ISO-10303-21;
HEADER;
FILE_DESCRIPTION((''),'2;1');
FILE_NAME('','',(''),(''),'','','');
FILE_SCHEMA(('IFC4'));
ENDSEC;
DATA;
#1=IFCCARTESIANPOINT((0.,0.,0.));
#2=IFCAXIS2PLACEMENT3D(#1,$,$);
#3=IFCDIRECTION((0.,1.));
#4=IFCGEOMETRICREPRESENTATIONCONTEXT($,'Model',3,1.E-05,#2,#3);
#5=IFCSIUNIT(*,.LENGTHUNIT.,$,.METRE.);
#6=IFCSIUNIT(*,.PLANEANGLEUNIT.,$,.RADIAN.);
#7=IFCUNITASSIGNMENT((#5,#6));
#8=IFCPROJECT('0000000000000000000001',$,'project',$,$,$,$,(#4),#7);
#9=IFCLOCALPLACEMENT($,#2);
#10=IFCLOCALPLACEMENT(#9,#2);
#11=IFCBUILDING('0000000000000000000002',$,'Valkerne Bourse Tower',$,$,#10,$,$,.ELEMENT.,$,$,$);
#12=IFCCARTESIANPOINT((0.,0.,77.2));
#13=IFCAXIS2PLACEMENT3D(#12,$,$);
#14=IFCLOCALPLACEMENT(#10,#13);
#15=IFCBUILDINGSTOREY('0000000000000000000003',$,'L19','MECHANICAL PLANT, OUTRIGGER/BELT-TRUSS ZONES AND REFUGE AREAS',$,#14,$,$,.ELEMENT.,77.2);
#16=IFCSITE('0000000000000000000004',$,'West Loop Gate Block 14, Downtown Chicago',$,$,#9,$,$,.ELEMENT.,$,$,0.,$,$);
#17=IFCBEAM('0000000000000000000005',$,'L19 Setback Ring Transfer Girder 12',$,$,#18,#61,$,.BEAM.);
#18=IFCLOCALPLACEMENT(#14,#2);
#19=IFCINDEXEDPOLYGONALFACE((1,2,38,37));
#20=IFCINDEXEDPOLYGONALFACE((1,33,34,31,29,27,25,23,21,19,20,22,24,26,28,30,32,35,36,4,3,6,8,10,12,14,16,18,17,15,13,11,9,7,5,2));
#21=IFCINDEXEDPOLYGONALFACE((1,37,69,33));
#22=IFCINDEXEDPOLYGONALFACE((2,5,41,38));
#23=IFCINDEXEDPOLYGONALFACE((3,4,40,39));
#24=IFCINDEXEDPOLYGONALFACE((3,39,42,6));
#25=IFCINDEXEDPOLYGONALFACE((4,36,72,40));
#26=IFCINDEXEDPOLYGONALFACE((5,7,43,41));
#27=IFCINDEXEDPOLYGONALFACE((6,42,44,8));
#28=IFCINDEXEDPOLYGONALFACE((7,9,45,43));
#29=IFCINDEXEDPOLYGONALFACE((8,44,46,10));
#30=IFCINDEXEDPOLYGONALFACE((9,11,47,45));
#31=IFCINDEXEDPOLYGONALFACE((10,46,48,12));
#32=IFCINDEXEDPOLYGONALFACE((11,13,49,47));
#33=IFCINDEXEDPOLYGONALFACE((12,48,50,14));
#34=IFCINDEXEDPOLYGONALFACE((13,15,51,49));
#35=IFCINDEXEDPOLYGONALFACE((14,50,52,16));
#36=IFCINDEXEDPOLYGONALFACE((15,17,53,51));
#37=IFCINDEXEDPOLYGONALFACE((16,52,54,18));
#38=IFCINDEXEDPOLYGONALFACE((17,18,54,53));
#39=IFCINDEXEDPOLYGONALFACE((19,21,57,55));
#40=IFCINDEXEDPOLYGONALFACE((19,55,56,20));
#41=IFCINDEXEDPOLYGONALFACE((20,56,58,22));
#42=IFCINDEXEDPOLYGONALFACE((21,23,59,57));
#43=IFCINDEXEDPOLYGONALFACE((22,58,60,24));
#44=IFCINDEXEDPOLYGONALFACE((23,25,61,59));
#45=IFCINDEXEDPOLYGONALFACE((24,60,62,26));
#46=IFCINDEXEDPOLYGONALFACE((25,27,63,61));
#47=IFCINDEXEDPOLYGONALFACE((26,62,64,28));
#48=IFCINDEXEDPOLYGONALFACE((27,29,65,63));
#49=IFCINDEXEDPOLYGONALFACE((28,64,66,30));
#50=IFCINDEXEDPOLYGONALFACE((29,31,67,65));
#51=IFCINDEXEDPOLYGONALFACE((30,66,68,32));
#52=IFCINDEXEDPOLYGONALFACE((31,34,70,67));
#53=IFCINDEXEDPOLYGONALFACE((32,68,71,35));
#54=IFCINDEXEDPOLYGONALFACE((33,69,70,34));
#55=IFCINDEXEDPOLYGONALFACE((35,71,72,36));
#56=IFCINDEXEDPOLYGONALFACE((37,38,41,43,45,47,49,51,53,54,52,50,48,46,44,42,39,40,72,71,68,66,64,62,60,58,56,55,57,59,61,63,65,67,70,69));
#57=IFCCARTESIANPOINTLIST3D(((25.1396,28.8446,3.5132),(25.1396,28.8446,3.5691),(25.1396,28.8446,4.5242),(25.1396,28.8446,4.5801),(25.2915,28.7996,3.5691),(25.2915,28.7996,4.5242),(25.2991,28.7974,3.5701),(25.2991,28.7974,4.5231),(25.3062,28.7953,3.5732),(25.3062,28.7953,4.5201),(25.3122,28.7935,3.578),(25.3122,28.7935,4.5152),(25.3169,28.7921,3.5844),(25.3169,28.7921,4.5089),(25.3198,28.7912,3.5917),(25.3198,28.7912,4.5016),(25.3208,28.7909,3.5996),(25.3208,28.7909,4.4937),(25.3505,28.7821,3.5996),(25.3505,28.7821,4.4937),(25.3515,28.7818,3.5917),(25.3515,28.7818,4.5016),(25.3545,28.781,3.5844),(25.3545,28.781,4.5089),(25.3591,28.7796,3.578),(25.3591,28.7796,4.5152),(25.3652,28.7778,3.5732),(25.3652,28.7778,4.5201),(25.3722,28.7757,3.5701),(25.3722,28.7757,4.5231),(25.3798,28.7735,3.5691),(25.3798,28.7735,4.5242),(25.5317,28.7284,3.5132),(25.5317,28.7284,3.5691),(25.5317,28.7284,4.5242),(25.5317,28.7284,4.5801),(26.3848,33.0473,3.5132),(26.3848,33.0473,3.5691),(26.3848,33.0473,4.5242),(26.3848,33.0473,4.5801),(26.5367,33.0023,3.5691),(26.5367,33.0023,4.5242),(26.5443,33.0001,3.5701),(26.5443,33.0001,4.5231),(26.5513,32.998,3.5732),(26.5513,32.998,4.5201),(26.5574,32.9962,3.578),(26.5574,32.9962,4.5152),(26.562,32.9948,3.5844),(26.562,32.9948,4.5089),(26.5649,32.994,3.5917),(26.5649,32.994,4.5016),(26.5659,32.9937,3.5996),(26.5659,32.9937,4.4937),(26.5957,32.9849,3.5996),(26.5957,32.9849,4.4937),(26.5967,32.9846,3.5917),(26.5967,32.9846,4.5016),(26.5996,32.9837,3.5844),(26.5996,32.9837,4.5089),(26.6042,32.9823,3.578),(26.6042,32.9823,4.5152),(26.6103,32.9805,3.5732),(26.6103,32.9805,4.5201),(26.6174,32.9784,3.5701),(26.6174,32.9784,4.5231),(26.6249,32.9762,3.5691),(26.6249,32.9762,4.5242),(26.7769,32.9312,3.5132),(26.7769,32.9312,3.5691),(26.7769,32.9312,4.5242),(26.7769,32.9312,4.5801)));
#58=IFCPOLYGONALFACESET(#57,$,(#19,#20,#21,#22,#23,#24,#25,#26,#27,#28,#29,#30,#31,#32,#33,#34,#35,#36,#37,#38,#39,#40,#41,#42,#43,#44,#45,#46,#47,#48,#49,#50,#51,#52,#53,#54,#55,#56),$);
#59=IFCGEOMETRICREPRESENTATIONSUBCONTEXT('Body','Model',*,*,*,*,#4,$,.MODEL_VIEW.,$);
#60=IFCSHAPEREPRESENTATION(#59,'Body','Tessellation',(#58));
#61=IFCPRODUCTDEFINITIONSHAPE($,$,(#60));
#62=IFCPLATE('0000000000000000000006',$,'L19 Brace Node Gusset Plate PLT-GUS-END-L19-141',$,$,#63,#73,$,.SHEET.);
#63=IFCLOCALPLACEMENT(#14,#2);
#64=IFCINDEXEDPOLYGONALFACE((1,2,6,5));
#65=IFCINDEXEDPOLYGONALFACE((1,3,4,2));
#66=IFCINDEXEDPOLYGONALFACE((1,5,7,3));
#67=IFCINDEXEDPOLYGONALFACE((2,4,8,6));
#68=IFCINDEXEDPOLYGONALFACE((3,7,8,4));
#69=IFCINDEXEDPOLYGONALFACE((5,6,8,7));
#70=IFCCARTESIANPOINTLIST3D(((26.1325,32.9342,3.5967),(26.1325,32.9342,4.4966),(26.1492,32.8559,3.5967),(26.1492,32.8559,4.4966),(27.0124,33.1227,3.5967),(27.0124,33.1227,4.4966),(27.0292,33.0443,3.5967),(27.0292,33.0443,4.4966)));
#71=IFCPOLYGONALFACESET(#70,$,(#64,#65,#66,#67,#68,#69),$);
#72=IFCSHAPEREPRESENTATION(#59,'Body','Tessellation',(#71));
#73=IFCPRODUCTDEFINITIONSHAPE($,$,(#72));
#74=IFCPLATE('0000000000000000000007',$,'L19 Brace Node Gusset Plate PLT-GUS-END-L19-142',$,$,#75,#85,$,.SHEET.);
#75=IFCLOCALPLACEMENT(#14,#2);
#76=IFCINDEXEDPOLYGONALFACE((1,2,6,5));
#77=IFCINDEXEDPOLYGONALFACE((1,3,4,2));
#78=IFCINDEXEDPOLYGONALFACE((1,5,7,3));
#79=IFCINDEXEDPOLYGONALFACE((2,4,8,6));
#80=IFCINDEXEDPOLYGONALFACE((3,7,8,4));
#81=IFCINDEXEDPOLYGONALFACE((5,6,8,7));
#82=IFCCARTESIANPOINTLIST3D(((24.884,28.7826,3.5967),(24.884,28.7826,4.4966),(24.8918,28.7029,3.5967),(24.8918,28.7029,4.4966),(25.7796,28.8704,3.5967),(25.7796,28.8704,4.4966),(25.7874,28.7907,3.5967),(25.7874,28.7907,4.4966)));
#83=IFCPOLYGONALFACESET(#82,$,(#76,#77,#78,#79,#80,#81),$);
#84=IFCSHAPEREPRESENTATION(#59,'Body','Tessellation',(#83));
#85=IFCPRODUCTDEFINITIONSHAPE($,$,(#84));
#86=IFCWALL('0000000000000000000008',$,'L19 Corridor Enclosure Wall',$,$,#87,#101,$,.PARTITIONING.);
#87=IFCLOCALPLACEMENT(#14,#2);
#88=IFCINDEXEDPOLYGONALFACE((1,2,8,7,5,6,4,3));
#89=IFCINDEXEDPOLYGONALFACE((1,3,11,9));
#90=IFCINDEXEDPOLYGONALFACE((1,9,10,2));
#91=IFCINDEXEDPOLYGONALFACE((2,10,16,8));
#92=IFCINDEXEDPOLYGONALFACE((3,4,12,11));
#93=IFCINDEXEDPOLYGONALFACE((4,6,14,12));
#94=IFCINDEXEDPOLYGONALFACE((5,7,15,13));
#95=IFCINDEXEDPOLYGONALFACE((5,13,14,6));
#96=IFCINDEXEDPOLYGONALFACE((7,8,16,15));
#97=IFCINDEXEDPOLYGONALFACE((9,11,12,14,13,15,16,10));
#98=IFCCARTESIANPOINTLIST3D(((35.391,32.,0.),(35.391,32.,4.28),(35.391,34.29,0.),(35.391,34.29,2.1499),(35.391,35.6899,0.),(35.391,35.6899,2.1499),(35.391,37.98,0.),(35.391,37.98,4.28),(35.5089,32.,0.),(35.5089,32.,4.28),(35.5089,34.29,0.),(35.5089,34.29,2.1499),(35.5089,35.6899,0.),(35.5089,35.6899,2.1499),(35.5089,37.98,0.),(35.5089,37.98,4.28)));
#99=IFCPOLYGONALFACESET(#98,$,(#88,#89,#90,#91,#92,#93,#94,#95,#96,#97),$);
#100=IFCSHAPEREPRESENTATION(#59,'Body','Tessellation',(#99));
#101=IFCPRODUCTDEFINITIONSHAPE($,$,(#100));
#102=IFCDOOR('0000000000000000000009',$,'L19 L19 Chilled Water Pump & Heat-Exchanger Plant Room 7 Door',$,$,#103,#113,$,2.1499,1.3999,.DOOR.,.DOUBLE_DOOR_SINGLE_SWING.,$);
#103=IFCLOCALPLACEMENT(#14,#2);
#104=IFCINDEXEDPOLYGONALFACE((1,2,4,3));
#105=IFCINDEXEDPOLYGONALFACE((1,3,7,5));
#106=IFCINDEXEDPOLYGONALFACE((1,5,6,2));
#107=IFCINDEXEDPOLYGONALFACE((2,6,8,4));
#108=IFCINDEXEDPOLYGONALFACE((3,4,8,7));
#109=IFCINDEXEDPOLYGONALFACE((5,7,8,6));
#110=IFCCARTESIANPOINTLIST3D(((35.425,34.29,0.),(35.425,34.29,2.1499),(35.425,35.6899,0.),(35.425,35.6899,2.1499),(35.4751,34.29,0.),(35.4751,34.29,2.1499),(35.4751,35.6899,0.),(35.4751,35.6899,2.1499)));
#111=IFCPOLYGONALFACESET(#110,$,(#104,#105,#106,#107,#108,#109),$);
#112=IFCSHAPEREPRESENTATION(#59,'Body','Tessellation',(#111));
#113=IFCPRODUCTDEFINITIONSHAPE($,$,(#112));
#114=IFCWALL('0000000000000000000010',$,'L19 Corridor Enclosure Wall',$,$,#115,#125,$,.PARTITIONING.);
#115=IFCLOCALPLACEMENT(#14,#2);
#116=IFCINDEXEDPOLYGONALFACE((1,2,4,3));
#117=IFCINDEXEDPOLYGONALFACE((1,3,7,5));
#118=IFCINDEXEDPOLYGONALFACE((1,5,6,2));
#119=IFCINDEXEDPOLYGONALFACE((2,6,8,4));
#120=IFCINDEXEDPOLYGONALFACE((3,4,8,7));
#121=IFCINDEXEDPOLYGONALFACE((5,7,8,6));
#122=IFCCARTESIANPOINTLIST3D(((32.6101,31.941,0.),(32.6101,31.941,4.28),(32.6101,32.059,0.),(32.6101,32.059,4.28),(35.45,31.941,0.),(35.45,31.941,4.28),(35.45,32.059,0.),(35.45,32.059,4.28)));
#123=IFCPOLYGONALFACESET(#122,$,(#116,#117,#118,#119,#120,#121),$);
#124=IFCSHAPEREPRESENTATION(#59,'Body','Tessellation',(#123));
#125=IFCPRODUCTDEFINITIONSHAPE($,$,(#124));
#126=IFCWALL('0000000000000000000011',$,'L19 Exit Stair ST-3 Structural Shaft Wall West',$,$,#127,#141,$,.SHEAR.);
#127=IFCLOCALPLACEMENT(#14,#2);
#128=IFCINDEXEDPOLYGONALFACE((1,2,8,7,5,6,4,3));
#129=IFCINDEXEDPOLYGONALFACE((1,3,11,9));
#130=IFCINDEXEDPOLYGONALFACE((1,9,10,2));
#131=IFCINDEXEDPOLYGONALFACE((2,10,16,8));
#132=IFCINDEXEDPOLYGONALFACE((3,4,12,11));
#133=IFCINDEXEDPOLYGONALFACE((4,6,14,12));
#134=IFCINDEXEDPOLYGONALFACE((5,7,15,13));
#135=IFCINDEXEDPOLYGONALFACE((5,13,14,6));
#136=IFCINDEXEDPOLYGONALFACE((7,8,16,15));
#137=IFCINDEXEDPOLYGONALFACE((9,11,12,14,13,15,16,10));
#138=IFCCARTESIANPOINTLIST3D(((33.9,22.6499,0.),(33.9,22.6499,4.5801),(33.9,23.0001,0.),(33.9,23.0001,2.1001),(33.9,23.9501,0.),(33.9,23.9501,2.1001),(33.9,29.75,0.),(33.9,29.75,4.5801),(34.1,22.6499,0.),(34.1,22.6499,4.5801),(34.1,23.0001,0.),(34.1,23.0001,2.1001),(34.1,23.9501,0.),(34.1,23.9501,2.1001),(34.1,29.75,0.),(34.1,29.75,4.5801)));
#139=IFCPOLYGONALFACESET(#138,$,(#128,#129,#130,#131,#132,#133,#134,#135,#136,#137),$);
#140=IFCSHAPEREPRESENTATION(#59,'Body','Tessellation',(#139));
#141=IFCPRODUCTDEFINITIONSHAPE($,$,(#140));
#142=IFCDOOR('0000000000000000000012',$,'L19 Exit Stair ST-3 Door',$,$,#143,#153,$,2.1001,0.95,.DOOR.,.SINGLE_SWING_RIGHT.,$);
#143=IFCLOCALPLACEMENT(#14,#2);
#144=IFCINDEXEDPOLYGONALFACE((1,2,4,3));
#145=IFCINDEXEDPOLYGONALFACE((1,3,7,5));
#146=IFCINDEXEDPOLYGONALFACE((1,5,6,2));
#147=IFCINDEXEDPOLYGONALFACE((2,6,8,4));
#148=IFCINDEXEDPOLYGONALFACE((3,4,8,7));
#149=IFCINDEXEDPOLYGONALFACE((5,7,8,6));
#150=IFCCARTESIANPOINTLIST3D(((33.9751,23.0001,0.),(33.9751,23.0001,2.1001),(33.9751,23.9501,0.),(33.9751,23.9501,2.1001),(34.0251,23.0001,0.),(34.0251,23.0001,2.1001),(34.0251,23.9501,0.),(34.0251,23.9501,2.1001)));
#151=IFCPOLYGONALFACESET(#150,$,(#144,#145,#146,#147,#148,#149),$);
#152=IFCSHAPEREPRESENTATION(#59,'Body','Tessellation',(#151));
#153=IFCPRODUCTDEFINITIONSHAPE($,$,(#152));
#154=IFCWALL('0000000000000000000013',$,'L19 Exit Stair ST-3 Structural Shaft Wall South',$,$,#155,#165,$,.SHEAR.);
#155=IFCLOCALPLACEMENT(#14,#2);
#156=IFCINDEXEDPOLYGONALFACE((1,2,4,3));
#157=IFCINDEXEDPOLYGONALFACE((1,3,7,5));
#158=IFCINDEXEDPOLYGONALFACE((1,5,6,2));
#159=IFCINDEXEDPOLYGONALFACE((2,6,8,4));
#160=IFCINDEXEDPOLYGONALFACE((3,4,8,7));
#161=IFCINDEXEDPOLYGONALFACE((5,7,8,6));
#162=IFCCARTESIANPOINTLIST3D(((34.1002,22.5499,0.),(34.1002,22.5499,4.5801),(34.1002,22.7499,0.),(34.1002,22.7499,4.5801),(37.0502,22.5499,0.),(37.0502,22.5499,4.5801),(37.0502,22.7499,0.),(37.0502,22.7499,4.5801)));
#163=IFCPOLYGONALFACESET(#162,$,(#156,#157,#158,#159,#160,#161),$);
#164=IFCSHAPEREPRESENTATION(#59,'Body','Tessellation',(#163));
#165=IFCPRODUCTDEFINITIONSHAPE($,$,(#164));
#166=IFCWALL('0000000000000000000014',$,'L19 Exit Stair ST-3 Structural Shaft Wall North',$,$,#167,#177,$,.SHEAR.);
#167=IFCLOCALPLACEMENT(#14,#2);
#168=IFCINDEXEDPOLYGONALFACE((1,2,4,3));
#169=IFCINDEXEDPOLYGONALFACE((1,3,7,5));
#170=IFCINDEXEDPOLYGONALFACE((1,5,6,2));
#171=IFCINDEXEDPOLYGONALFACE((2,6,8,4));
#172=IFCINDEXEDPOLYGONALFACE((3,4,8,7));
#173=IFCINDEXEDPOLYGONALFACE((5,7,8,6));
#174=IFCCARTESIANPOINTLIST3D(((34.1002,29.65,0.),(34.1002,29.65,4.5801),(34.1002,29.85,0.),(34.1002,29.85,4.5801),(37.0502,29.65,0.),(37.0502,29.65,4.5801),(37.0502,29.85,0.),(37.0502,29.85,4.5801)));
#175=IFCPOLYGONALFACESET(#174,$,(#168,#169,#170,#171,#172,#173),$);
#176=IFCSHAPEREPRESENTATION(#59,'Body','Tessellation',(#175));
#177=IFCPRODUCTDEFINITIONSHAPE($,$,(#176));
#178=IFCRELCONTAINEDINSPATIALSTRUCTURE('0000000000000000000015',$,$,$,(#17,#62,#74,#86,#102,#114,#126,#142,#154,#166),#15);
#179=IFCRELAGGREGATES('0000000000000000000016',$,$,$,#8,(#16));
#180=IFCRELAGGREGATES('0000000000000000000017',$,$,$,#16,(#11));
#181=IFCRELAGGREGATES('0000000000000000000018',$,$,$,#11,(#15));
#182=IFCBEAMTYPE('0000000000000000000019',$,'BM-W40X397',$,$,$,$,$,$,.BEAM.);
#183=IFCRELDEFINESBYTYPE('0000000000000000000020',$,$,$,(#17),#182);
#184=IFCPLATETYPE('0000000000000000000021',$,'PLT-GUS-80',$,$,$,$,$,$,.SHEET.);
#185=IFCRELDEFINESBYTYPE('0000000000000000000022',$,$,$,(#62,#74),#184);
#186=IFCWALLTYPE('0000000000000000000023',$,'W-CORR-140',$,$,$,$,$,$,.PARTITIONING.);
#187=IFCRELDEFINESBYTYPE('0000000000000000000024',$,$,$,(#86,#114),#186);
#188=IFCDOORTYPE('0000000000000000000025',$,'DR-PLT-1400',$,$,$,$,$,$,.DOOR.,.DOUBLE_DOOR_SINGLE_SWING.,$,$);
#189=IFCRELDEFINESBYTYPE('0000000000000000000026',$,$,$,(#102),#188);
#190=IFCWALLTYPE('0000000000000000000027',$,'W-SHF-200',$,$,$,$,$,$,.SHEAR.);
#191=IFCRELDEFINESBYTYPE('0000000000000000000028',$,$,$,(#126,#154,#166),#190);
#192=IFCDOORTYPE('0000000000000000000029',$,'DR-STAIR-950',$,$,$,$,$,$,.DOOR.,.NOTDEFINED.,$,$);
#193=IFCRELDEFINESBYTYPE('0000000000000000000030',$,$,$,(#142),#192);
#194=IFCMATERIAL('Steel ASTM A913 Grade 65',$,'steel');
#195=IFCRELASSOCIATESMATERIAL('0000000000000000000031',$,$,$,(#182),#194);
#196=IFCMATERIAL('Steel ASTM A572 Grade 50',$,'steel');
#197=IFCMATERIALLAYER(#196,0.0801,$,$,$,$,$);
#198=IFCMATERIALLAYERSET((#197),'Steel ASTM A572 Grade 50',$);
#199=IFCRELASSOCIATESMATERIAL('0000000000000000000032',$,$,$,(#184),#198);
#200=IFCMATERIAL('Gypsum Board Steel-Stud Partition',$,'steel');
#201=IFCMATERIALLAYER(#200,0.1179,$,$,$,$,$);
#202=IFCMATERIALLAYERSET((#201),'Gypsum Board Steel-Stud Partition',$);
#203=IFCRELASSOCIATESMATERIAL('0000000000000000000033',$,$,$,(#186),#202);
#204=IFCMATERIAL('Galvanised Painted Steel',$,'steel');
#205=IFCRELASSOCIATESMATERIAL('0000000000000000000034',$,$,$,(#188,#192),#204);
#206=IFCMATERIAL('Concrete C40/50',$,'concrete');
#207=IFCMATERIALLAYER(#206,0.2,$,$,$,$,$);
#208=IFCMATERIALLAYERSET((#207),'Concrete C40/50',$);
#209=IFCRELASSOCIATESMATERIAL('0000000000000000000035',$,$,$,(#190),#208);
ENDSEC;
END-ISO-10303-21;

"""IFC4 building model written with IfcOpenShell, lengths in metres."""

from ifc_helpers import new_model, si_unit, direction, frame, frame_2d, origin, origin_2d, place, context, subcontext, project, spatial, rectangle, i_section, extrude, material, layer, layer_set, material_profile, profile_set, type_object, element, fill, save


model = new_model("IFC4")

# Units and contexts
model_context = context("Model", 3, precision=1e-05, world=origin(), true_north=direction((0.0, 1.0)))
body_context = subcontext(model_context, "Body", "Model", "MODEL_VIEW")
ifc_project = project(units=[si_unit("LENGTHUNIT", "METRE"), si_unit("PLANEANGLEUNIT", "RADIAN")], contexts=[model_context])

# Site, building, storey
site_placement = place(None, origin())
site = spatial("IfcSite", under=ifc_project, at=site_placement, Name="West Loop Gate Block 14, Downtown Chicago", CompositionType="ELEMENT", RefElevation=0.0)
building_placement = place(site_placement, origin())
building = spatial("IfcBuilding", under=site, at=building_placement, Name="Valkerne Bourse Tower", CompositionType="ELEMENT")
storey_placement = place(building_placement, frame((0.0, 0.0, 77.2)))
storey = spatial("IfcBuildingStorey", under=building, at=storey_placement, Name="L19", Description="MECHANICAL PLANT, OUTRIGGER/BELT-TRUSS ZONES AND REFUGE AREAS", CompositionType="ELEMENT", Elevation=77.2)

# Beam
ifc_material_1 = material(Name="Steel ASTM A913 Grade 65", Category="steel")
ifc_material_profile = material_profile(ifc_material_1, i_section(OverallWidth=0.4089, OverallDepth=1.0669, WebThickness=0.031, FlangeThickness=0.0559, FilletRadius=0.0305, at=origin_2d()), Name="W40X397")
ifc_profile_set = profile_set([ifc_material_profile], Name="Steel ASTM A913 Grade 65")
beam_type = type_object("IfcBeamType", Name="BM-W40X397", PredefinedType="BEAM", material=ifc_profile_set)
beam_placement = place(storey_placement, frame((26.5808, 32.9893, 4.0466), z_axis=(-0.284066, -0.958805, 0.0), x_axis=(0.958805, -0.284066, 0.0)))
element("IfcBeam", 1, at=beam_placement, inside=storey, type_object=beam_type, Name="L19 Setback Ring Transfer Girder 12", PredefinedType="BEAM", context=body_context, shape_type="SweptSolid", body=[
    extrude(i_section(OverallWidth=0.4089, OverallDepth=1.0669, WebThickness=0.031, FlangeThickness=0.0559, FilletRadius=0.0305, at=origin_2d()), origin(), (0.0, 0.0, 1.0), 4.3833),
])

# Plates
ifc_material_2 = material(Name="Steel ASTM A572 Grade 50", Category="steel")
ifc_layer_1 = layer(ifc_material_2, 0.0801)
ifc_layer_set_1 = layer_set([ifc_layer_1], Name="Steel ASTM A572 Grade 50")
plate_type = type_object("IfcPlateType", Name="PLT-GUS-80", PredefinedType="SHEET", material=ifc_layer_set_1)
for number, where, z_axis, x_axis, name in (
    (2, (26.5808, 32.9893, 3.5967), (0.0, 0.0, 1.0), (0.97782, 0.209448, 0.0), "L19 Brace Node Gusset Plate PLT-GUS-END-L19-141"),
    (3, (25.3357, 28.7866, 3.5967), (0.0, 0.0, 1.0), (0.995227, 0.097583, 0.0), "L19 Brace Node Gusset Plate PLT-GUS-END-L19-142"),
):
    element("IfcPlate", number, at=place(storey_placement, frame(where, z_axis=z_axis, x_axis=x_axis)), inside=storey, type_object=plate_type, Name=name, PredefinedType="SHEET", context=body_context, shape_type="SweptSolid", body=[
        extrude(rectangle(XDim=0.8999, YDim=0.0801, at=origin_2d()), origin(), (0.0, 0.0, 1.0), 0.8999),
    ])

# Wall, opening, door
ifc_material_3 = material(Name="Gypsum Board Steel-Stud Partition", Category="steel")
ifc_layer_2 = layer(ifc_material_3, 0.1179)
ifc_layer_set_2 = layer_set([ifc_layer_2], Name="Gypsum Board Steel-Stud Partition")
wall_type_1 = type_object("IfcWallType", Name="W-CORR-140", PredefinedType="PARTITIONING", material=ifc_layer_set_2)
wall_1_placement = place(storey_placement, frame((35.45, 32.0, 0.0), z_axis=(0.0, 0.0, 1.0), x_axis=(0.0, 1.0, 0.0)))
wall_1 = element("IfcWall", 4, at=wall_1_placement, inside=storey, type_object=wall_type_1, Name="L19 Corridor Enclosure Wall", PredefinedType="PARTITIONING", context=body_context, shape_type="SweptSolid", body=[
    extrude(rectangle(XDim=5.98, YDim=0.1179, at=frame_2d((2.99, 0.0))), origin(), (0.0, 0.0, 1.0), 4.28),
])
opening_1_placement = place(wall_1_placement, frame((2.29, 0.0, 0.0)))
opening_1 = element("IfcOpeningElement", 5, at=opening_1_placement, cuts=wall_1, PredefinedType="OPENING", context=body_context, shape_type="SweptSolid", body=[
    extrude(rectangle(XDim=1.3999, YDim=2.1499, at=frame_2d((0.7, 1.075))), frame((0.0, 0.0688, 0.0), z_axis=(0.0, -1.0, 0.0), x_axis=(1.0, 0.0, 0.0)), (0.0, 0.0, 1.0), 0.1379),
])
ifc_material_4 = material(Name="Galvanised Painted Steel", Category="steel")
door_type_1 = type_object("IfcDoorType", Name="DR-PLT-1400", OperationType="DOUBLE_DOOR_SINGLE_SWING", PredefinedType="DOOR", material=ifc_material_4)
door_1_placement = place(opening_1_placement, origin())
door_1 = element("IfcDoor", 6, at=door_1_placement, inside=storey, type_object=door_type_1, Name="L19 L19 Chilled Water Pump & Heat-Exchanger Plant Room 7 Door", OperationType="DOUBLE_DOOR_SINGLE_SWING", OverallHeight=2.1499, OverallWidth=1.3999, PredefinedType="DOOR", context=body_context, shape_type="SweptSolid", body=[
    extrude(rectangle(XDim=1.3999, YDim=2.1499, at=frame_2d((0.7, 1.075))), frame((0.0, 0.0249, 0.0), z_axis=(0.0, -1.0, 0.0), x_axis=(1.0, 0.0, 0.0)), (0.0, 0.0, 1.0), 0.05),
])
fill(opening_1, door_1)

# Wall
wall_2_placement = place(storey_placement, frame((32.6101, 32.0, 0.0), z_axis=(0.0, 0.0, 1.0), x_axis=(1.0, 0.0, 0.0)))
element("IfcWall", 7, at=wall_2_placement, inside=storey, type_object=wall_type_1, Name="L19 Corridor Enclosure Wall", PredefinedType="PARTITIONING", context=body_context, shape_type="SweptSolid", body=[
    extrude(rectangle(XDim=2.8398, YDim=0.1179, at=frame_2d((1.4199, 0.0))), origin(), (0.0, 0.0, 1.0), 4.28),
])

# Wall, opening, door
ifc_material_5 = material(Name="Concrete C40/50", Category="concrete")
ifc_layer_3 = layer(ifc_material_5, 0.2)
ifc_layer_set_3 = layer_set([ifc_layer_3], Name="Concrete C40/50")
wall_type_2 = type_object("IfcWallType", Name="W-SHF-200", PredefinedType="SHEAR", material=ifc_layer_set_3)
wall_3_placement = place(storey_placement, frame((34.0, 22.6499, 0.0), z_axis=(0.0, 0.0, 1.0), x_axis=(0.0, 1.0, 0.0)))
wall_3 = element("IfcWall", 8, at=wall_3_placement, inside=storey, type_object=wall_type_2, Name="L19 Exit Stair ST-3 Structural Shaft Wall West", PredefinedType="SHEAR", context=body_context, shape_type="SweptSolid", body=[
    extrude(rectangle(XDim=7.1001, YDim=0.2, at=frame_2d((3.55, 0.0))), origin(), (0.0, 0.0, 1.0), 4.5801),
])
opening_2_placement = place(wall_3_placement, frame((0.3501, 0.0, 0.0)))
opening_2 = element("IfcOpeningElement", 9, at=opening_2_placement, cuts=wall_3, PredefinedType="OPENING", context=body_context, shape_type="SweptSolid", body=[
    extrude(rectangle(XDim=0.95, YDim=2.1001, at=frame_2d((0.4751, 1.05))), frame((0.0, 0.1099, 0.0), z_axis=(0.0, -1.0, 0.0), x_axis=(1.0, 0.0, 0.0)), (0.0, 0.0, 1.0), 0.22),
])
door_type_2 = type_object("IfcDoorType", Name="DR-STAIR-950", OperationType="NOTDEFINED", PredefinedType="DOOR", material=ifc_material_4)
door_2_placement = place(opening_2_placement, origin())
door_2 = element("IfcDoor", 10, at=door_2_placement, inside=storey, type_object=door_type_2, Name="L19 Exit Stair ST-3 Door", OperationType="SINGLE_SWING_RIGHT", OverallHeight=2.1001, OverallWidth=0.95, PredefinedType="DOOR", context=body_context, shape_type="SweptSolid", body=[
    extrude(rectangle(XDim=0.95, YDim=2.1001, at=frame_2d((0.4751, 1.05))), frame((0.0, 0.0249, 0.0), z_axis=(0.0, -1.0, 0.0), x_axis=(1.0, 0.0, 0.0)), (0.0, 0.0, 1.0), 0.05),
])
fill(opening_2, door_2)

# Walls
for number, where, z_axis, x_axis, name in (
    (11, (34.1001, 22.6499, 0.0), (0.0, 0.0, 1.0), (1.0, 0.0, 0.0), "L19 Exit Stair ST-3 Structural Shaft Wall South"),
    (12, (34.1001, 29.75, 0.0), (0.0, 0.0, 1.0), (1.0, 0.0, 0.0), "L19 Exit Stair ST-3 Structural Shaft Wall North"),
):
    element("IfcWall", number, at=place(storey_placement, frame(where, z_axis=z_axis, x_axis=x_axis)), inside=storey, type_object=wall_type_2, Name=name, PredefinedType="SHEAR", context=body_context, shape_type="SweptSolid", body=[
        extrude(rectangle(XDim=2.95, YDim=0.2, at=frame_2d((1.4751, 0.0))), origin(), (0.0, 0.0, 1.0), 4.5801),
    ])

save(model, "model.ifc")
